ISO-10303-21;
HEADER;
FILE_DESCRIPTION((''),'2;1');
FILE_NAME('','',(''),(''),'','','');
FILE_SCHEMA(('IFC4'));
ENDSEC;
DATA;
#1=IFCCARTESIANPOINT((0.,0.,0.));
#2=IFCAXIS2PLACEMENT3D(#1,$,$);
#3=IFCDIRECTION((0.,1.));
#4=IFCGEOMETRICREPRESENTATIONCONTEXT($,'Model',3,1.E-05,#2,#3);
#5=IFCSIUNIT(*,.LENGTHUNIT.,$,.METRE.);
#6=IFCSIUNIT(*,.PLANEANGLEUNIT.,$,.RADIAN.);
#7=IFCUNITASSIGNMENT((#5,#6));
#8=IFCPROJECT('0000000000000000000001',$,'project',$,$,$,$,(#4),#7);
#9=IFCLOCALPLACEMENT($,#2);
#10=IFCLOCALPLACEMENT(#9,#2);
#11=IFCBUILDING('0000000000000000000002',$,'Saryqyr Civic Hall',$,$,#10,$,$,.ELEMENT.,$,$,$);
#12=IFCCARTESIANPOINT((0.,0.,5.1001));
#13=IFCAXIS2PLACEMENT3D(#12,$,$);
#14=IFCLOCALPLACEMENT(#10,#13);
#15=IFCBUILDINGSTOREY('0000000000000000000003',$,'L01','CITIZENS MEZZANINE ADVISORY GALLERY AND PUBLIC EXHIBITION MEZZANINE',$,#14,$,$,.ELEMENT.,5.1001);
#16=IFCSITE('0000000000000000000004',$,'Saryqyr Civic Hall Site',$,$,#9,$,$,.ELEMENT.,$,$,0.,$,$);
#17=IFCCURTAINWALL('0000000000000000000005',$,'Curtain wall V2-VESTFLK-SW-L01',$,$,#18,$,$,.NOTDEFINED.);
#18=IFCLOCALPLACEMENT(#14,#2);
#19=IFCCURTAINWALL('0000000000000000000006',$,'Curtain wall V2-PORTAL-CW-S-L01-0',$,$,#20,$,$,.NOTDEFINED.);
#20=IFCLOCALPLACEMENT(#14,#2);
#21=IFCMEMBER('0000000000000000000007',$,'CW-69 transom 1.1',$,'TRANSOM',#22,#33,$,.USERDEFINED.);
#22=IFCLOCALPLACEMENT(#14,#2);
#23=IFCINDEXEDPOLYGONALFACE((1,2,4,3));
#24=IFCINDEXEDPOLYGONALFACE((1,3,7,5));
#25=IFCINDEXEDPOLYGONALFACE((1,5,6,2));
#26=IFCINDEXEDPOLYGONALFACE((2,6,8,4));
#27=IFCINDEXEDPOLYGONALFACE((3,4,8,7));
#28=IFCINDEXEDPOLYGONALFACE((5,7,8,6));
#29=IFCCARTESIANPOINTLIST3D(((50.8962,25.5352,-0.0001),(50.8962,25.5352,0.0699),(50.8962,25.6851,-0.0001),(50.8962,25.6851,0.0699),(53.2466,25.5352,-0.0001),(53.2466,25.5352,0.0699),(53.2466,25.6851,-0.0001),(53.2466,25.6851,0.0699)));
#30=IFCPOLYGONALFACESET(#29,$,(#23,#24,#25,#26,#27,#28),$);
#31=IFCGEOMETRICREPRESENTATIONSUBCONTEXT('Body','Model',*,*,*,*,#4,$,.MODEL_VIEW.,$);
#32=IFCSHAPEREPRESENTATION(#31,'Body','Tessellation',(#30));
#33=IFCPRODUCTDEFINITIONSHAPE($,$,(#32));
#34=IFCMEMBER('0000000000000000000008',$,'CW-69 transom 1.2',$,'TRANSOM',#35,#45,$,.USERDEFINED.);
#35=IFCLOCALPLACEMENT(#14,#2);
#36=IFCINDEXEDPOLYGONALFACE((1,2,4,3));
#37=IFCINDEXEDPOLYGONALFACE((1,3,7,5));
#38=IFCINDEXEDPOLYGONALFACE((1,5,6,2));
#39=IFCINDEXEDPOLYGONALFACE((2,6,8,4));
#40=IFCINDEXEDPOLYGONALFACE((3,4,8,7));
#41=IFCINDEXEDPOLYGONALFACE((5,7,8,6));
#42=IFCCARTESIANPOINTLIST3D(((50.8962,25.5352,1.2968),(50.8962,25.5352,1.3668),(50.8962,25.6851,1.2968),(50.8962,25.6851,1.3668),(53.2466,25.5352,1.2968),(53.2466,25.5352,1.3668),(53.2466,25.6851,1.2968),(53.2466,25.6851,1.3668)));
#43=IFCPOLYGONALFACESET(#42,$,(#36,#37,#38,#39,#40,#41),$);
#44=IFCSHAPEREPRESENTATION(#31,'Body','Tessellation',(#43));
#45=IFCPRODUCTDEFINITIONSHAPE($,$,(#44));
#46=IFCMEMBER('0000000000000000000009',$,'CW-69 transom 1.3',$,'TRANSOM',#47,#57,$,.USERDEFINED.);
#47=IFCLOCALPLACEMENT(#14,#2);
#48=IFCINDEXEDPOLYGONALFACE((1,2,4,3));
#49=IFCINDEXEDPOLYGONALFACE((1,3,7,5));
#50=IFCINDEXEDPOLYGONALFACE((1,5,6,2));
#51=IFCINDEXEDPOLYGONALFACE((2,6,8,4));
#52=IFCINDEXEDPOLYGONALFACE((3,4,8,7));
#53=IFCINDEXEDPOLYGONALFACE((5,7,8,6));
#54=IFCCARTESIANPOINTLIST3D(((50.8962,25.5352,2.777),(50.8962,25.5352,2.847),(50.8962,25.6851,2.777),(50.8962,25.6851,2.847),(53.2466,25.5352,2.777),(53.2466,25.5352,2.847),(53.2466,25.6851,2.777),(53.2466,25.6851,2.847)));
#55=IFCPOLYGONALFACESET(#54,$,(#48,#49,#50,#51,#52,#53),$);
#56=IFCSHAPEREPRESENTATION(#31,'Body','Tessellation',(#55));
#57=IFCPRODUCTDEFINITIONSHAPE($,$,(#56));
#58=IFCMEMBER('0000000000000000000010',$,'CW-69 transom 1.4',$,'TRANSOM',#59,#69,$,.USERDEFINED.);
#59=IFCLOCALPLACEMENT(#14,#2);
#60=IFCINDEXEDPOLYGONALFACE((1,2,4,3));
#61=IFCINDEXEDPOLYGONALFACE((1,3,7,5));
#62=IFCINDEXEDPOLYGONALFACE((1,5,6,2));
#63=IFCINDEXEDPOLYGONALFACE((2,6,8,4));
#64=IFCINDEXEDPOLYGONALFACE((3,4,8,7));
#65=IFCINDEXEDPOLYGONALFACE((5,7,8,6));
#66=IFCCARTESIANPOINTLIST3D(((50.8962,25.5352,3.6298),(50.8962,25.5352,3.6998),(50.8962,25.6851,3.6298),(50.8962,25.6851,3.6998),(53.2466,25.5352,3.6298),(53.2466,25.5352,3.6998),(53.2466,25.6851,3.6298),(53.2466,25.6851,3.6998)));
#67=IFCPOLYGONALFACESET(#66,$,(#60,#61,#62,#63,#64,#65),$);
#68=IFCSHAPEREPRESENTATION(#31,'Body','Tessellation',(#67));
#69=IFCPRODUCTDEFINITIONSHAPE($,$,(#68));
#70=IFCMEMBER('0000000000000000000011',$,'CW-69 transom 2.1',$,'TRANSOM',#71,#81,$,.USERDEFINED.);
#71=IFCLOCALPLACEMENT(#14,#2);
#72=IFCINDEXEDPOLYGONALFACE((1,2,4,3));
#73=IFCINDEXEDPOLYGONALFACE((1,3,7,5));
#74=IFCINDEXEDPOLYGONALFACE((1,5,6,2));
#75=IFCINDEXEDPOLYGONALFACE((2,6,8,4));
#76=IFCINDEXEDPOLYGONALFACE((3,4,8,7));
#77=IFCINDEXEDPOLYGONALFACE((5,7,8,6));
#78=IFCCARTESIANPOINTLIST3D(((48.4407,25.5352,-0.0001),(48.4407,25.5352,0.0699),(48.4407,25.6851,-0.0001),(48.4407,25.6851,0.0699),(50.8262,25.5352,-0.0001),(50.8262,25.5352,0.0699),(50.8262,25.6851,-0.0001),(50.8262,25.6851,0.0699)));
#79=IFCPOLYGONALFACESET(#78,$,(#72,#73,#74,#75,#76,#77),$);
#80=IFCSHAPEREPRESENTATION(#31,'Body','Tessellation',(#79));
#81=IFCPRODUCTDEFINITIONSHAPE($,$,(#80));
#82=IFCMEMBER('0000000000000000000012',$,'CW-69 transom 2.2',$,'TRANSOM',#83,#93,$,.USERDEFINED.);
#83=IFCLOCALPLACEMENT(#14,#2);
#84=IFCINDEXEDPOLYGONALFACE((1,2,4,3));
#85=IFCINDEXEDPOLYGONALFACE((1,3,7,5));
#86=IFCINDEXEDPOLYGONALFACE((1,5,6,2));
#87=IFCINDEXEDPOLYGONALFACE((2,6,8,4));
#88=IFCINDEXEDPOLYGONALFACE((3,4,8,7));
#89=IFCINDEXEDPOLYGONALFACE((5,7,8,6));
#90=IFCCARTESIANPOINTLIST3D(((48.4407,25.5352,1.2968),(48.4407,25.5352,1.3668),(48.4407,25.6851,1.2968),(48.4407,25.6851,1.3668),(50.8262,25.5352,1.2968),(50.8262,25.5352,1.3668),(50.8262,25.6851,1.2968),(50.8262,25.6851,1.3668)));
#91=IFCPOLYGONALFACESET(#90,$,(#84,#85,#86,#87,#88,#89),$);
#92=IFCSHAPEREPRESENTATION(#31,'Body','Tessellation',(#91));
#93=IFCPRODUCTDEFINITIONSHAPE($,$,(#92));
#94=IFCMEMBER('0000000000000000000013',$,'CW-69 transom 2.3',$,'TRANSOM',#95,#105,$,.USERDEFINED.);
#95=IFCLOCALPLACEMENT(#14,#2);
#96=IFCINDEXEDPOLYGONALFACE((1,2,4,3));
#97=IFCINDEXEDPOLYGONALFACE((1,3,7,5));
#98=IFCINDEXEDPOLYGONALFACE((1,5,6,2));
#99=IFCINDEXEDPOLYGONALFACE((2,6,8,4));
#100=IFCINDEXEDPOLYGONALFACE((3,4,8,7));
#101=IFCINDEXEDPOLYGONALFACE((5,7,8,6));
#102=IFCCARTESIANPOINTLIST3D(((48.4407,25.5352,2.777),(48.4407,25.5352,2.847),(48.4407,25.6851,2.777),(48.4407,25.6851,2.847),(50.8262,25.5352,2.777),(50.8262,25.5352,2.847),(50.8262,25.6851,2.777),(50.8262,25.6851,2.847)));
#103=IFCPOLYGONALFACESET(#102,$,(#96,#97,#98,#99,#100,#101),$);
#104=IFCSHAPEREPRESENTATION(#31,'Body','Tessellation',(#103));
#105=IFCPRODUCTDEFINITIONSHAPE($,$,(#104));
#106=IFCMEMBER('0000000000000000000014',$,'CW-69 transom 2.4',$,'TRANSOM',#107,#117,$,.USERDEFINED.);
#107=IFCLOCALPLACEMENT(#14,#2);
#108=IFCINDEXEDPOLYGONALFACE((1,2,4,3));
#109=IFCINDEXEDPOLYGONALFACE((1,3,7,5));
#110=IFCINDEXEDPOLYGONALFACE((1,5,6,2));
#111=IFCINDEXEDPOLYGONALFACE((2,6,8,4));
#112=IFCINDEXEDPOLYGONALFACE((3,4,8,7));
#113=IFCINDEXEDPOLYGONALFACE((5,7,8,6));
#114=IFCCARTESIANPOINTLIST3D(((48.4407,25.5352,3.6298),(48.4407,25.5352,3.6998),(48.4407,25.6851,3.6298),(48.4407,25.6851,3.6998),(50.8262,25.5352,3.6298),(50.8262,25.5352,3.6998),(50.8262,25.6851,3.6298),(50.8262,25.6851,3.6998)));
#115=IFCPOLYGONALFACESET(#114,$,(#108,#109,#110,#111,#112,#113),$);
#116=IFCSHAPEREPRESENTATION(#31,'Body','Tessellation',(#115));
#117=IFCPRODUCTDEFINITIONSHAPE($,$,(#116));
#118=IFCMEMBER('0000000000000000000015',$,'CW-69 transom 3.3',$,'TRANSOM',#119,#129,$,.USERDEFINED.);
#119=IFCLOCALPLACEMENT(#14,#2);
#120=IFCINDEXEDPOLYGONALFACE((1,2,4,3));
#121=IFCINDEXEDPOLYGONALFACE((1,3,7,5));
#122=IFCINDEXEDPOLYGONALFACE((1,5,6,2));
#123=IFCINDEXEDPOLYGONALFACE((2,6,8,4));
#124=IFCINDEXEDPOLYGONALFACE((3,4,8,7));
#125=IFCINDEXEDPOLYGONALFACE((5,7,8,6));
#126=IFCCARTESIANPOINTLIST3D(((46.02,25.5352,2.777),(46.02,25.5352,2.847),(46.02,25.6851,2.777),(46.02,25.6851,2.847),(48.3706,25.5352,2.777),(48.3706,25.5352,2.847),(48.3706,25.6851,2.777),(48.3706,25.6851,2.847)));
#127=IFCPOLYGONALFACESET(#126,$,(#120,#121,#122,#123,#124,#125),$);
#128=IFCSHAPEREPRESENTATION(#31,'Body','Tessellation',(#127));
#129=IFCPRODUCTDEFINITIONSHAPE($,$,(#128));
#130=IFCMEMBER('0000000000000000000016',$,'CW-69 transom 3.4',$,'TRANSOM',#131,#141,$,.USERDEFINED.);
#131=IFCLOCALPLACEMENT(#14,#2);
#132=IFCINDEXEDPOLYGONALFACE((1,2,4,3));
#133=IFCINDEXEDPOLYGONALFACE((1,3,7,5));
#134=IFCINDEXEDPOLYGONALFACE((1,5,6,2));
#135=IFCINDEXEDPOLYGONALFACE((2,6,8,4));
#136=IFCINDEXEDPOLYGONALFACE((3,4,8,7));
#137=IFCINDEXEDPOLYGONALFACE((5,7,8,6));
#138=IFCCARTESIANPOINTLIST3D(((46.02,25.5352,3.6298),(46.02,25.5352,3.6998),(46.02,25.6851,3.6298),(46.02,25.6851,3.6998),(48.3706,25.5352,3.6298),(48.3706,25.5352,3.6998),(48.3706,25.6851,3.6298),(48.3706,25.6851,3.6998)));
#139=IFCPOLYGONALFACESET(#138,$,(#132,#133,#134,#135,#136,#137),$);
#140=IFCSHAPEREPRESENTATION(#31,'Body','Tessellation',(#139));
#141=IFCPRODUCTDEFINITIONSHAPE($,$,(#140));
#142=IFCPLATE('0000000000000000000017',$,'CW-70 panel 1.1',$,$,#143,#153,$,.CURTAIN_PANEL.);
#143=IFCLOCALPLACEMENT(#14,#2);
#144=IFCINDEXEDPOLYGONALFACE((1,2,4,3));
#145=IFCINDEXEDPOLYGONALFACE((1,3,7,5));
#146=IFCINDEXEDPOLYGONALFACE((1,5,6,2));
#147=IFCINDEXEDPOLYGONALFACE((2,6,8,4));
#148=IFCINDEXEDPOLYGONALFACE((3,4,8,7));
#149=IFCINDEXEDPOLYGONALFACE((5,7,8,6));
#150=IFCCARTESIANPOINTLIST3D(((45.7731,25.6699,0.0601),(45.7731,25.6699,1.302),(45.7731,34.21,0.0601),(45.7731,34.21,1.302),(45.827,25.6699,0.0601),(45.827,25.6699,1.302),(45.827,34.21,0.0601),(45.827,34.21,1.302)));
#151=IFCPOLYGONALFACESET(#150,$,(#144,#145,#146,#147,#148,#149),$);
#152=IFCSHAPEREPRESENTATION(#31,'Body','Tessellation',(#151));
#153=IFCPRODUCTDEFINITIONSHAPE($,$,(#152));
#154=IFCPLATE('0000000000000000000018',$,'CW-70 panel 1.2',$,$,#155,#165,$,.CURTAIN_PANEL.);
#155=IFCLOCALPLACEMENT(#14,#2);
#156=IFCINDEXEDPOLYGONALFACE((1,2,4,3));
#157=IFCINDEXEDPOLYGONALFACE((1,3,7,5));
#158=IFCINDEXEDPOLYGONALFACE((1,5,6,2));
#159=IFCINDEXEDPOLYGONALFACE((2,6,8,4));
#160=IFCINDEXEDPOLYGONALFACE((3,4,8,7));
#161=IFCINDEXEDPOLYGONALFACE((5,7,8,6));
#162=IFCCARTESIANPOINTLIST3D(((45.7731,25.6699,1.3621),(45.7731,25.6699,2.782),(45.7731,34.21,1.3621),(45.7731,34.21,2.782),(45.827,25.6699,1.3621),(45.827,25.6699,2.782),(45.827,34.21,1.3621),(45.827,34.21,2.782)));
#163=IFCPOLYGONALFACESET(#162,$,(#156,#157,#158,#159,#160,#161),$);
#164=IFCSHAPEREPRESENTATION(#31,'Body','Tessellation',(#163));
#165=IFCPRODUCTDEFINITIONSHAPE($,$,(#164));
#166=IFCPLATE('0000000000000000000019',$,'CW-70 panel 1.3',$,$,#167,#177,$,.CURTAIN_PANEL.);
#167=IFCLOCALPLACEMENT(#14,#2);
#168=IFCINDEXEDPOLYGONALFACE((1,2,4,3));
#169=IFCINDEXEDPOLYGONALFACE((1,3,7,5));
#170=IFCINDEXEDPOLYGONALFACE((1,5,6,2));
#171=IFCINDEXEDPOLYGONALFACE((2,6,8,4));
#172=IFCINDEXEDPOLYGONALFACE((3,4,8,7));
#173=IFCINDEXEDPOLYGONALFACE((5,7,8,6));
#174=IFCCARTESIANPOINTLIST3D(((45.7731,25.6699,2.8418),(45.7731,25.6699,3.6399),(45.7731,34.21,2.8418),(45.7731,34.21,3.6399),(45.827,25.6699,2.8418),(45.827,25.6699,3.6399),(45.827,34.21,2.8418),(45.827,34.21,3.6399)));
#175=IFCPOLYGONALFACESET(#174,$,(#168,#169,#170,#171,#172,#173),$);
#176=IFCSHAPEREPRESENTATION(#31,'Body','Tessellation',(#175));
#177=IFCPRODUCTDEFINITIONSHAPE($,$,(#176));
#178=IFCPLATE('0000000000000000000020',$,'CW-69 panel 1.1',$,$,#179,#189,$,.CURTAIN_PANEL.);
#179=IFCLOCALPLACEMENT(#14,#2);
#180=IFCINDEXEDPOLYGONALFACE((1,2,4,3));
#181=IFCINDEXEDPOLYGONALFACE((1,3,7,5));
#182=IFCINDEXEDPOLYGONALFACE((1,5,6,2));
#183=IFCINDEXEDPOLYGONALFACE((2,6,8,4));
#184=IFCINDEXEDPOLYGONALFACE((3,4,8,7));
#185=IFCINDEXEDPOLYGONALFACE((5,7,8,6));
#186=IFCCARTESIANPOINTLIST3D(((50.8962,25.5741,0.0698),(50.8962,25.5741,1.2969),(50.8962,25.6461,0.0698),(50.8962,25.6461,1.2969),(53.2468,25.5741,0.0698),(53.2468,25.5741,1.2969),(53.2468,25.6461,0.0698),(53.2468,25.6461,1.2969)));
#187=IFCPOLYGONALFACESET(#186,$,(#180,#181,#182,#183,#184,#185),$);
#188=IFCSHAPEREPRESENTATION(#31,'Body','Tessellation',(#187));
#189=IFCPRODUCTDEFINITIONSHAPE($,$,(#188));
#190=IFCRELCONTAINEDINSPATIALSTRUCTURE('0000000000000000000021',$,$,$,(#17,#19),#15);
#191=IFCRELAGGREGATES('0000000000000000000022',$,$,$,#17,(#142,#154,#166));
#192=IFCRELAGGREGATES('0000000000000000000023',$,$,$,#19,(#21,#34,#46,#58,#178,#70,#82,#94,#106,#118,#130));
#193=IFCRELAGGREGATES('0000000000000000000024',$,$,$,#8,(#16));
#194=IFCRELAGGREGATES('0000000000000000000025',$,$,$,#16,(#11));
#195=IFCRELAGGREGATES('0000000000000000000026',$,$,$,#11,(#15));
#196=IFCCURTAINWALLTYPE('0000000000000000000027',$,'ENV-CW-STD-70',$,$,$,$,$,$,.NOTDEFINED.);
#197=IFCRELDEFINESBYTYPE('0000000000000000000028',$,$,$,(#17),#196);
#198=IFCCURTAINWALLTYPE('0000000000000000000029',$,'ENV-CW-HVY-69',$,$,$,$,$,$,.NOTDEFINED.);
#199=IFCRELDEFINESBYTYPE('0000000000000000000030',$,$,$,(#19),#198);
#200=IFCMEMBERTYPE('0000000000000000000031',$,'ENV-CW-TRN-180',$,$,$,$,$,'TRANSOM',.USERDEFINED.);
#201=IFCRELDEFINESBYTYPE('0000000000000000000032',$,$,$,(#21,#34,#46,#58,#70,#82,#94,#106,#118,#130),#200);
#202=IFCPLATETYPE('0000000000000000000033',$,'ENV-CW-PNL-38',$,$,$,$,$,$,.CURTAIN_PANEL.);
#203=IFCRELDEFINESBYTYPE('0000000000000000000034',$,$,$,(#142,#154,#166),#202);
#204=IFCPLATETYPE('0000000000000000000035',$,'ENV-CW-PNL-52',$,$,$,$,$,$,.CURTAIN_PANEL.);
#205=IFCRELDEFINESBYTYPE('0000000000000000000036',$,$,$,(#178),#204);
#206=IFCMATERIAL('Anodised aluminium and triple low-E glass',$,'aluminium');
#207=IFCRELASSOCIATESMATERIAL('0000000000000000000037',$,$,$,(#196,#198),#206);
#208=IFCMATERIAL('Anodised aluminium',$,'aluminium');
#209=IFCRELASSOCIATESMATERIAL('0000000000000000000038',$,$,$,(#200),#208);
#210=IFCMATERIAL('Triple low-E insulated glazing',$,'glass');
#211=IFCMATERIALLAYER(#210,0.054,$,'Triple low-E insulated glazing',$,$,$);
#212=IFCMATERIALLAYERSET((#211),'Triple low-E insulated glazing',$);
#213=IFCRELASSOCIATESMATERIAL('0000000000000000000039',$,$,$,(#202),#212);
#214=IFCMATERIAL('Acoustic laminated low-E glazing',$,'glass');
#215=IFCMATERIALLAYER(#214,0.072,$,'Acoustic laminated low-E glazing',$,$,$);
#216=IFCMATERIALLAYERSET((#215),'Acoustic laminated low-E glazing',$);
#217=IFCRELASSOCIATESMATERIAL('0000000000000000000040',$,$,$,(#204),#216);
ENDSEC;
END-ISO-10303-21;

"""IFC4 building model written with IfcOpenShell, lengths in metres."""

from ifc_helpers import new_model, si_unit, direction, frame, origin, origin_2d, place, context, subcontext, project, spatial, rectangle, extrude, material, layer, layer_set, material_profile, profile_set, type_object, element, aggregate, save


model = new_model("IFC4")

# Units and contexts
model_context = context("Model", 3, precision=1e-05, world=origin(), true_north=direction((0.0, 1.0)))
body_context = subcontext(model_context, "Body", "Model", "MODEL_VIEW")
ifc_project = project(units=[si_unit("LENGTHUNIT", "METRE"), si_unit("PLANEANGLEUNIT", "RADIAN")], contexts=[model_context])

# Site, building, storey
site_placement = place(None, origin())
site = spatial("IfcSite", under=ifc_project, at=site_placement, Name="Saryqyr Civic Hall Site", CompositionType="ELEMENT", RefElevation=0.0)
building_placement = place(site_placement, origin())
building = spatial("IfcBuilding", under=site, at=building_placement, Name="Saryqyr Civic Hall", CompositionType="ELEMENT")
storey_placement = place(building_placement, frame((0.0, 0.0, 5.1001)))
storey = spatial("IfcBuildingStorey", under=building, at=storey_placement, Name="L01", Description="CITIZENS MEZZANINE ADVISORY GALLERY AND PUBLIC EXHIBITION MEZZANINE", CompositionType="ELEMENT", Elevation=5.1001)

# Curtain walls
ifc_material_1 = material(Name="Anodised aluminium and triple low-E glass", Category="aluminium")
curtain_wall_type_1 = type_object("IfcCurtainWallType", Name="ENV-CW-STD-70", PredefinedType="NOTDEFINED", material=ifc_material_1)
curtain_wall_1_placement = place(storey_placement, origin())
curtain_wall_1 = element("IfcCurtainWall", 1, at=curtain_wall_1_placement, inside=storey, type_object=curtain_wall_type_1, Name="Curtain wall V2-VESTFLK-SW-L01", PredefinedType="NOTDEFINED")
ifc_material_2 = material(Name="Anodised aluminium", Category="aluminium")
curtain_wall_type_2 = type_object("IfcCurtainWallType", Name="ENV-CW-HVY-69", PredefinedType="NOTDEFINED", material=ifc_material_1)
curtain_wall_2_placement = place(storey_placement, origin())
curtain_wall_2 = element("IfcCurtainWall", 2, at=curtain_wall_2_placement, inside=storey, type_object=curtain_wall_type_2, Name="Curtain wall V2-PORTAL-CW-S-L01-0", PredefinedType="NOTDEFINED")

# Members
ifc_material_profile_1 = material_profile(ifc_material_2, rectangle(XDim=0.1499, YDim=0.0701, at=origin_2d()), Name="ALU TRANSOM 150x70")
ifc_profile_set_1 = profile_set([ifc_material_profile_1], Name="Anodised aluminium")
member_type_1 = type_object("IfcMemberType", Name="ENV-CW-TRN-180", ElementType="TRANSOM", PredefinedType="USERDEFINED", material=ifc_profile_set_1)
member_1_placement = place(storey_placement, frame((53.2466, 25.6101, 0.0349), z_axis=(-1.0, 0.0, 0.0), x_axis=(0.0, -1.0, 0.0)))
member_1 = element("IfcMember", 3, at=member_1_placement, type_object=member_type_1, Name="CW-69 transom 1.1", ObjectType="TRANSOM", PredefinedType="USERDEFINED", context=body_context, shape_type="SweptSolid", body=[
    extrude(rectangle(XDim=0.1499, YDim=0.0701, at=origin_2d()), origin(), (0.0, 0.0, 1.0), 2.3503),
])
member_2_placement = place(storey_placement, frame((53.2466, 25.6101, 1.3318), z_axis=(-1.0, 0.0, 0.0), x_axis=(0.0, -1.0, 0.0)))
member_2 = element("IfcMember", 4, at=member_2_placement, type_object=member_type_1, Name="CW-69 transom 1.2", ObjectType="TRANSOM", PredefinedType="USERDEFINED", context=body_context, shape_type="SweptSolid", body=[
    extrude(rectangle(XDim=0.1499, YDim=0.0701, at=origin_2d()), origin(), (0.0, 0.0, 1.0), 2.3503),
])
member_3_placement = place(storey_placement, frame((53.2466, 25.6101, 2.812), z_axis=(-1.0, 0.0, 0.0), x_axis=(0.0, -1.0, 0.0)))
member_3 = element("IfcMember", 5, at=member_3_placement, type_object=member_type_1, Name="CW-69 transom 1.3", ObjectType="TRANSOM", PredefinedType="USERDEFINED", context=body_context, shape_type="SweptSolid", body=[
    extrude(rectangle(XDim=0.1499, YDim=0.0701, at=origin_2d()), origin(), (0.0, 0.0, 1.0), 2.3503),
])
member_4_placement = place(storey_placement, frame((53.2466, 25.6101, 3.6648), z_axis=(-1.0, 0.0, 0.0), x_axis=(0.0, -1.0, 0.0)))
member_4 = element("IfcMember", 6, at=member_4_placement, type_object=member_type_1, Name="CW-69 transom 1.4", ObjectType="TRANSOM", PredefinedType="USERDEFINED", context=body_context, shape_type="SweptSolid", body=[
    extrude(rectangle(XDim=0.1499, YDim=0.0701, at=origin_2d()), origin(), (0.0, 0.0, 1.0), 2.3503),
])
member_5_placement = place(storey_placement, frame((50.8262, 25.6101, 0.0349), z_axis=(-1.0, 0.0, 0.0), x_axis=(0.0, -1.0, 0.0)))
member_5 = element("IfcMember", 7, at=member_5_placement, type_object=member_type_1, Name="CW-69 transom 2.1", ObjectType="TRANSOM", PredefinedType="USERDEFINED", context=body_context, shape_type="SweptSolid", body=[
    extrude(rectangle(XDim=0.1499, YDim=0.0701, at=origin_2d()), origin(), (0.0, 0.0, 1.0), 2.3855),
])
member_6_placement = place(storey_placement, frame((50.8262, 25.6101, 1.3318), z_axis=(-1.0, 0.0, 0.0), x_axis=(0.0, -1.0, 0.0)))
member_6 = element("IfcMember", 8, at=member_6_placement, type_object=member_type_1, Name="CW-69 transom 2.2", ObjectType="TRANSOM", PredefinedType="USERDEFINED", context=body_context, shape_type="SweptSolid", body=[
    extrude(rectangle(XDim=0.1499, YDim=0.0701, at=origin_2d()), origin(), (0.0, 0.0, 1.0), 2.3855),
])
member_7_placement = place(storey_placement, frame((50.8262, 25.6101, 2.812), z_axis=(-1.0, 0.0, 0.0), x_axis=(0.0, -1.0, 0.0)))
member_7 = element("IfcMember", 9, at=member_7_placement, type_object=member_type_1, Name="CW-69 transom 2.3", ObjectType="TRANSOM", PredefinedType="USERDEFINED", context=body_context, shape_type="SweptSolid", body=[
    extrude(rectangle(XDim=0.1499, YDim=0.0701, at=origin_2d()), origin(), (0.0, 0.0, 1.0), 2.3855),
])
member_8_placement = place(storey_placement, frame((50.8262, 25.6101, 3.6648), z_axis=(-1.0, 0.0, 0.0), x_axis=(0.0, -1.0, 0.0)))
member_8 = element("IfcMember", 10, at=member_8_placement, type_object=member_type_1, Name="CW-69 transom 2.4", ObjectType="TRANSOM", PredefinedType="USERDEFINED", context=body_context, shape_type="SweptSolid", body=[
    extrude(rectangle(XDim=0.1499, YDim=0.0701, at=origin_2d()), origin(), (0.0, 0.0, 1.0), 2.3855),
])
member_9_placement = place(storey_placement, frame((48.3706, 25.6101, 2.812), z_axis=(-1.0, 0.0, 0.0), x_axis=(0.0, -1.0, 0.0)))
member_9 = element("IfcMember", 11, at=member_9_placement, type_object=member_type_1, Name="CW-69 transom 3.3", ObjectType="TRANSOM", PredefinedType="USERDEFINED", context=body_context, shape_type="SweptSolid", body=[
    extrude(rectangle(XDim=0.1499, YDim=0.0701, at=origin_2d()), origin(), (0.0, 0.0, 1.0), 2.3506),
])
member_10_placement = place(storey_placement, frame((48.3706, 25.6101, 3.6648), z_axis=(-1.0, 0.0, 0.0), x_axis=(0.0, -1.0, 0.0)))
member_10 = element("IfcMember", 12, at=member_10_placement, type_object=member_type_1, Name="CW-69 transom 3.4", ObjectType="TRANSOM", PredefinedType="USERDEFINED", context=body_context, shape_type="SweptSolid", body=[
    extrude(rectangle(XDim=0.1499, YDim=0.0701, at=origin_2d()), origin(), (0.0, 0.0, 1.0), 2.3506),
])

# Plates
ifc_material_3 = material(Name="Triple low-E insulated glazing", Category="glass")
ifc_layer_1 = layer(ifc_material_3, 0.054, Name="Triple low-E insulated glazing")
ifc_layer_set_1 = layer_set([ifc_layer_1], Name="Triple low-E insulated glazing")
plate_type_1 = type_object("IfcPlateType", Name="ENV-CW-PNL-38", PredefinedType="CURTAIN_PANEL", material=ifc_layer_set_1)
plate_1_placement = place(storey_placement, frame((45.8, 29.9399, 0.0601), z_axis=(0.0, 0.0, 1.0), x_axis=(0.0, 1.0, 0.0)))
plate_1 = element("IfcPlate", 13, at=plate_1_placement, type_object=plate_type_1, Name="CW-70 panel 1.1", PredefinedType="CURTAIN_PANEL", context=body_context, shape_type="SweptSolid", body=[
    extrude(rectangle(XDim=8.54, YDim=0.054, at=origin_2d()), origin(), (0.0, 0.0, 1.0), 1.2419),
])
plate_2_placement = place(storey_placement, frame((45.8, 29.9399, 1.3621), z_axis=(0.0, 0.0, 1.0), x_axis=(0.0, 1.0, 0.0)))
plate_2 = element("IfcPlate", 14, at=plate_2_placement, type_object=plate_type_1, Name="CW-70 panel 1.2", PredefinedType="CURTAIN_PANEL", context=body_context, shape_type="SweptSolid", body=[
    extrude(rectangle(XDim=8.54, YDim=0.054, at=origin_2d()), origin(), (0.0, 0.0, 1.0), 1.4199),
])
plate_3_placement = place(storey_placement, frame((45.8, 29.9399, 2.8418), z_axis=(0.0, 0.0, 1.0), x_axis=(0.0, 1.0, 0.0)))
plate_3 = element("IfcPlate", 15, at=plate_3_placement, type_object=plate_type_1, Name="CW-70 panel 1.3", PredefinedType="CURTAIN_PANEL", context=body_context, shape_type="SweptSolid", body=[
    extrude(rectangle(XDim=8.54, YDim=0.054, at=origin_2d()), origin(), (0.0, 0.0, 1.0), 0.7981),
])
aggregate(curtain_wall_1, [plate_1, plate_2, plate_3])
ifc_material_4 = material(Name="Acoustic laminated low-E glazing", Category="glass")
ifc_layer_2 = layer(ifc_material_4, 0.072, Name="Acoustic laminated low-E glazing")
ifc_layer_set_2 = layer_set([ifc_layer_2], Name="Acoustic laminated low-E glazing")
plate_type_2 = type_object("IfcPlateType", Name="ENV-CW-PNL-52", PredefinedType="CURTAIN_PANEL", material=ifc_layer_set_2)
plate_4_placement = place(storey_placement, frame((52.0715, 25.6101, 0.0698), z_axis=(0.0, 0.0, 1.0), x_axis=(-1.0, 0.0, 0.0)))
plate_4 = element("IfcPlate", 16, at=plate_4_placement, type_object=plate_type_2, Name="CW-69 panel 1.1", PredefinedType="CURTAIN_PANEL", context=body_context, shape_type="SweptSolid", body=[
    extrude(rectangle(XDim=2.3506, YDim=0.072, at=origin_2d()), origin(), (0.0, 0.0, 1.0), 1.2271),
])
aggregate(curtain_wall_2, [member_1, member_2, member_3, member_4, plate_4, member_5, member_6, member_7, member_8, member_9, member_10])

save(model, "model.ifc")
